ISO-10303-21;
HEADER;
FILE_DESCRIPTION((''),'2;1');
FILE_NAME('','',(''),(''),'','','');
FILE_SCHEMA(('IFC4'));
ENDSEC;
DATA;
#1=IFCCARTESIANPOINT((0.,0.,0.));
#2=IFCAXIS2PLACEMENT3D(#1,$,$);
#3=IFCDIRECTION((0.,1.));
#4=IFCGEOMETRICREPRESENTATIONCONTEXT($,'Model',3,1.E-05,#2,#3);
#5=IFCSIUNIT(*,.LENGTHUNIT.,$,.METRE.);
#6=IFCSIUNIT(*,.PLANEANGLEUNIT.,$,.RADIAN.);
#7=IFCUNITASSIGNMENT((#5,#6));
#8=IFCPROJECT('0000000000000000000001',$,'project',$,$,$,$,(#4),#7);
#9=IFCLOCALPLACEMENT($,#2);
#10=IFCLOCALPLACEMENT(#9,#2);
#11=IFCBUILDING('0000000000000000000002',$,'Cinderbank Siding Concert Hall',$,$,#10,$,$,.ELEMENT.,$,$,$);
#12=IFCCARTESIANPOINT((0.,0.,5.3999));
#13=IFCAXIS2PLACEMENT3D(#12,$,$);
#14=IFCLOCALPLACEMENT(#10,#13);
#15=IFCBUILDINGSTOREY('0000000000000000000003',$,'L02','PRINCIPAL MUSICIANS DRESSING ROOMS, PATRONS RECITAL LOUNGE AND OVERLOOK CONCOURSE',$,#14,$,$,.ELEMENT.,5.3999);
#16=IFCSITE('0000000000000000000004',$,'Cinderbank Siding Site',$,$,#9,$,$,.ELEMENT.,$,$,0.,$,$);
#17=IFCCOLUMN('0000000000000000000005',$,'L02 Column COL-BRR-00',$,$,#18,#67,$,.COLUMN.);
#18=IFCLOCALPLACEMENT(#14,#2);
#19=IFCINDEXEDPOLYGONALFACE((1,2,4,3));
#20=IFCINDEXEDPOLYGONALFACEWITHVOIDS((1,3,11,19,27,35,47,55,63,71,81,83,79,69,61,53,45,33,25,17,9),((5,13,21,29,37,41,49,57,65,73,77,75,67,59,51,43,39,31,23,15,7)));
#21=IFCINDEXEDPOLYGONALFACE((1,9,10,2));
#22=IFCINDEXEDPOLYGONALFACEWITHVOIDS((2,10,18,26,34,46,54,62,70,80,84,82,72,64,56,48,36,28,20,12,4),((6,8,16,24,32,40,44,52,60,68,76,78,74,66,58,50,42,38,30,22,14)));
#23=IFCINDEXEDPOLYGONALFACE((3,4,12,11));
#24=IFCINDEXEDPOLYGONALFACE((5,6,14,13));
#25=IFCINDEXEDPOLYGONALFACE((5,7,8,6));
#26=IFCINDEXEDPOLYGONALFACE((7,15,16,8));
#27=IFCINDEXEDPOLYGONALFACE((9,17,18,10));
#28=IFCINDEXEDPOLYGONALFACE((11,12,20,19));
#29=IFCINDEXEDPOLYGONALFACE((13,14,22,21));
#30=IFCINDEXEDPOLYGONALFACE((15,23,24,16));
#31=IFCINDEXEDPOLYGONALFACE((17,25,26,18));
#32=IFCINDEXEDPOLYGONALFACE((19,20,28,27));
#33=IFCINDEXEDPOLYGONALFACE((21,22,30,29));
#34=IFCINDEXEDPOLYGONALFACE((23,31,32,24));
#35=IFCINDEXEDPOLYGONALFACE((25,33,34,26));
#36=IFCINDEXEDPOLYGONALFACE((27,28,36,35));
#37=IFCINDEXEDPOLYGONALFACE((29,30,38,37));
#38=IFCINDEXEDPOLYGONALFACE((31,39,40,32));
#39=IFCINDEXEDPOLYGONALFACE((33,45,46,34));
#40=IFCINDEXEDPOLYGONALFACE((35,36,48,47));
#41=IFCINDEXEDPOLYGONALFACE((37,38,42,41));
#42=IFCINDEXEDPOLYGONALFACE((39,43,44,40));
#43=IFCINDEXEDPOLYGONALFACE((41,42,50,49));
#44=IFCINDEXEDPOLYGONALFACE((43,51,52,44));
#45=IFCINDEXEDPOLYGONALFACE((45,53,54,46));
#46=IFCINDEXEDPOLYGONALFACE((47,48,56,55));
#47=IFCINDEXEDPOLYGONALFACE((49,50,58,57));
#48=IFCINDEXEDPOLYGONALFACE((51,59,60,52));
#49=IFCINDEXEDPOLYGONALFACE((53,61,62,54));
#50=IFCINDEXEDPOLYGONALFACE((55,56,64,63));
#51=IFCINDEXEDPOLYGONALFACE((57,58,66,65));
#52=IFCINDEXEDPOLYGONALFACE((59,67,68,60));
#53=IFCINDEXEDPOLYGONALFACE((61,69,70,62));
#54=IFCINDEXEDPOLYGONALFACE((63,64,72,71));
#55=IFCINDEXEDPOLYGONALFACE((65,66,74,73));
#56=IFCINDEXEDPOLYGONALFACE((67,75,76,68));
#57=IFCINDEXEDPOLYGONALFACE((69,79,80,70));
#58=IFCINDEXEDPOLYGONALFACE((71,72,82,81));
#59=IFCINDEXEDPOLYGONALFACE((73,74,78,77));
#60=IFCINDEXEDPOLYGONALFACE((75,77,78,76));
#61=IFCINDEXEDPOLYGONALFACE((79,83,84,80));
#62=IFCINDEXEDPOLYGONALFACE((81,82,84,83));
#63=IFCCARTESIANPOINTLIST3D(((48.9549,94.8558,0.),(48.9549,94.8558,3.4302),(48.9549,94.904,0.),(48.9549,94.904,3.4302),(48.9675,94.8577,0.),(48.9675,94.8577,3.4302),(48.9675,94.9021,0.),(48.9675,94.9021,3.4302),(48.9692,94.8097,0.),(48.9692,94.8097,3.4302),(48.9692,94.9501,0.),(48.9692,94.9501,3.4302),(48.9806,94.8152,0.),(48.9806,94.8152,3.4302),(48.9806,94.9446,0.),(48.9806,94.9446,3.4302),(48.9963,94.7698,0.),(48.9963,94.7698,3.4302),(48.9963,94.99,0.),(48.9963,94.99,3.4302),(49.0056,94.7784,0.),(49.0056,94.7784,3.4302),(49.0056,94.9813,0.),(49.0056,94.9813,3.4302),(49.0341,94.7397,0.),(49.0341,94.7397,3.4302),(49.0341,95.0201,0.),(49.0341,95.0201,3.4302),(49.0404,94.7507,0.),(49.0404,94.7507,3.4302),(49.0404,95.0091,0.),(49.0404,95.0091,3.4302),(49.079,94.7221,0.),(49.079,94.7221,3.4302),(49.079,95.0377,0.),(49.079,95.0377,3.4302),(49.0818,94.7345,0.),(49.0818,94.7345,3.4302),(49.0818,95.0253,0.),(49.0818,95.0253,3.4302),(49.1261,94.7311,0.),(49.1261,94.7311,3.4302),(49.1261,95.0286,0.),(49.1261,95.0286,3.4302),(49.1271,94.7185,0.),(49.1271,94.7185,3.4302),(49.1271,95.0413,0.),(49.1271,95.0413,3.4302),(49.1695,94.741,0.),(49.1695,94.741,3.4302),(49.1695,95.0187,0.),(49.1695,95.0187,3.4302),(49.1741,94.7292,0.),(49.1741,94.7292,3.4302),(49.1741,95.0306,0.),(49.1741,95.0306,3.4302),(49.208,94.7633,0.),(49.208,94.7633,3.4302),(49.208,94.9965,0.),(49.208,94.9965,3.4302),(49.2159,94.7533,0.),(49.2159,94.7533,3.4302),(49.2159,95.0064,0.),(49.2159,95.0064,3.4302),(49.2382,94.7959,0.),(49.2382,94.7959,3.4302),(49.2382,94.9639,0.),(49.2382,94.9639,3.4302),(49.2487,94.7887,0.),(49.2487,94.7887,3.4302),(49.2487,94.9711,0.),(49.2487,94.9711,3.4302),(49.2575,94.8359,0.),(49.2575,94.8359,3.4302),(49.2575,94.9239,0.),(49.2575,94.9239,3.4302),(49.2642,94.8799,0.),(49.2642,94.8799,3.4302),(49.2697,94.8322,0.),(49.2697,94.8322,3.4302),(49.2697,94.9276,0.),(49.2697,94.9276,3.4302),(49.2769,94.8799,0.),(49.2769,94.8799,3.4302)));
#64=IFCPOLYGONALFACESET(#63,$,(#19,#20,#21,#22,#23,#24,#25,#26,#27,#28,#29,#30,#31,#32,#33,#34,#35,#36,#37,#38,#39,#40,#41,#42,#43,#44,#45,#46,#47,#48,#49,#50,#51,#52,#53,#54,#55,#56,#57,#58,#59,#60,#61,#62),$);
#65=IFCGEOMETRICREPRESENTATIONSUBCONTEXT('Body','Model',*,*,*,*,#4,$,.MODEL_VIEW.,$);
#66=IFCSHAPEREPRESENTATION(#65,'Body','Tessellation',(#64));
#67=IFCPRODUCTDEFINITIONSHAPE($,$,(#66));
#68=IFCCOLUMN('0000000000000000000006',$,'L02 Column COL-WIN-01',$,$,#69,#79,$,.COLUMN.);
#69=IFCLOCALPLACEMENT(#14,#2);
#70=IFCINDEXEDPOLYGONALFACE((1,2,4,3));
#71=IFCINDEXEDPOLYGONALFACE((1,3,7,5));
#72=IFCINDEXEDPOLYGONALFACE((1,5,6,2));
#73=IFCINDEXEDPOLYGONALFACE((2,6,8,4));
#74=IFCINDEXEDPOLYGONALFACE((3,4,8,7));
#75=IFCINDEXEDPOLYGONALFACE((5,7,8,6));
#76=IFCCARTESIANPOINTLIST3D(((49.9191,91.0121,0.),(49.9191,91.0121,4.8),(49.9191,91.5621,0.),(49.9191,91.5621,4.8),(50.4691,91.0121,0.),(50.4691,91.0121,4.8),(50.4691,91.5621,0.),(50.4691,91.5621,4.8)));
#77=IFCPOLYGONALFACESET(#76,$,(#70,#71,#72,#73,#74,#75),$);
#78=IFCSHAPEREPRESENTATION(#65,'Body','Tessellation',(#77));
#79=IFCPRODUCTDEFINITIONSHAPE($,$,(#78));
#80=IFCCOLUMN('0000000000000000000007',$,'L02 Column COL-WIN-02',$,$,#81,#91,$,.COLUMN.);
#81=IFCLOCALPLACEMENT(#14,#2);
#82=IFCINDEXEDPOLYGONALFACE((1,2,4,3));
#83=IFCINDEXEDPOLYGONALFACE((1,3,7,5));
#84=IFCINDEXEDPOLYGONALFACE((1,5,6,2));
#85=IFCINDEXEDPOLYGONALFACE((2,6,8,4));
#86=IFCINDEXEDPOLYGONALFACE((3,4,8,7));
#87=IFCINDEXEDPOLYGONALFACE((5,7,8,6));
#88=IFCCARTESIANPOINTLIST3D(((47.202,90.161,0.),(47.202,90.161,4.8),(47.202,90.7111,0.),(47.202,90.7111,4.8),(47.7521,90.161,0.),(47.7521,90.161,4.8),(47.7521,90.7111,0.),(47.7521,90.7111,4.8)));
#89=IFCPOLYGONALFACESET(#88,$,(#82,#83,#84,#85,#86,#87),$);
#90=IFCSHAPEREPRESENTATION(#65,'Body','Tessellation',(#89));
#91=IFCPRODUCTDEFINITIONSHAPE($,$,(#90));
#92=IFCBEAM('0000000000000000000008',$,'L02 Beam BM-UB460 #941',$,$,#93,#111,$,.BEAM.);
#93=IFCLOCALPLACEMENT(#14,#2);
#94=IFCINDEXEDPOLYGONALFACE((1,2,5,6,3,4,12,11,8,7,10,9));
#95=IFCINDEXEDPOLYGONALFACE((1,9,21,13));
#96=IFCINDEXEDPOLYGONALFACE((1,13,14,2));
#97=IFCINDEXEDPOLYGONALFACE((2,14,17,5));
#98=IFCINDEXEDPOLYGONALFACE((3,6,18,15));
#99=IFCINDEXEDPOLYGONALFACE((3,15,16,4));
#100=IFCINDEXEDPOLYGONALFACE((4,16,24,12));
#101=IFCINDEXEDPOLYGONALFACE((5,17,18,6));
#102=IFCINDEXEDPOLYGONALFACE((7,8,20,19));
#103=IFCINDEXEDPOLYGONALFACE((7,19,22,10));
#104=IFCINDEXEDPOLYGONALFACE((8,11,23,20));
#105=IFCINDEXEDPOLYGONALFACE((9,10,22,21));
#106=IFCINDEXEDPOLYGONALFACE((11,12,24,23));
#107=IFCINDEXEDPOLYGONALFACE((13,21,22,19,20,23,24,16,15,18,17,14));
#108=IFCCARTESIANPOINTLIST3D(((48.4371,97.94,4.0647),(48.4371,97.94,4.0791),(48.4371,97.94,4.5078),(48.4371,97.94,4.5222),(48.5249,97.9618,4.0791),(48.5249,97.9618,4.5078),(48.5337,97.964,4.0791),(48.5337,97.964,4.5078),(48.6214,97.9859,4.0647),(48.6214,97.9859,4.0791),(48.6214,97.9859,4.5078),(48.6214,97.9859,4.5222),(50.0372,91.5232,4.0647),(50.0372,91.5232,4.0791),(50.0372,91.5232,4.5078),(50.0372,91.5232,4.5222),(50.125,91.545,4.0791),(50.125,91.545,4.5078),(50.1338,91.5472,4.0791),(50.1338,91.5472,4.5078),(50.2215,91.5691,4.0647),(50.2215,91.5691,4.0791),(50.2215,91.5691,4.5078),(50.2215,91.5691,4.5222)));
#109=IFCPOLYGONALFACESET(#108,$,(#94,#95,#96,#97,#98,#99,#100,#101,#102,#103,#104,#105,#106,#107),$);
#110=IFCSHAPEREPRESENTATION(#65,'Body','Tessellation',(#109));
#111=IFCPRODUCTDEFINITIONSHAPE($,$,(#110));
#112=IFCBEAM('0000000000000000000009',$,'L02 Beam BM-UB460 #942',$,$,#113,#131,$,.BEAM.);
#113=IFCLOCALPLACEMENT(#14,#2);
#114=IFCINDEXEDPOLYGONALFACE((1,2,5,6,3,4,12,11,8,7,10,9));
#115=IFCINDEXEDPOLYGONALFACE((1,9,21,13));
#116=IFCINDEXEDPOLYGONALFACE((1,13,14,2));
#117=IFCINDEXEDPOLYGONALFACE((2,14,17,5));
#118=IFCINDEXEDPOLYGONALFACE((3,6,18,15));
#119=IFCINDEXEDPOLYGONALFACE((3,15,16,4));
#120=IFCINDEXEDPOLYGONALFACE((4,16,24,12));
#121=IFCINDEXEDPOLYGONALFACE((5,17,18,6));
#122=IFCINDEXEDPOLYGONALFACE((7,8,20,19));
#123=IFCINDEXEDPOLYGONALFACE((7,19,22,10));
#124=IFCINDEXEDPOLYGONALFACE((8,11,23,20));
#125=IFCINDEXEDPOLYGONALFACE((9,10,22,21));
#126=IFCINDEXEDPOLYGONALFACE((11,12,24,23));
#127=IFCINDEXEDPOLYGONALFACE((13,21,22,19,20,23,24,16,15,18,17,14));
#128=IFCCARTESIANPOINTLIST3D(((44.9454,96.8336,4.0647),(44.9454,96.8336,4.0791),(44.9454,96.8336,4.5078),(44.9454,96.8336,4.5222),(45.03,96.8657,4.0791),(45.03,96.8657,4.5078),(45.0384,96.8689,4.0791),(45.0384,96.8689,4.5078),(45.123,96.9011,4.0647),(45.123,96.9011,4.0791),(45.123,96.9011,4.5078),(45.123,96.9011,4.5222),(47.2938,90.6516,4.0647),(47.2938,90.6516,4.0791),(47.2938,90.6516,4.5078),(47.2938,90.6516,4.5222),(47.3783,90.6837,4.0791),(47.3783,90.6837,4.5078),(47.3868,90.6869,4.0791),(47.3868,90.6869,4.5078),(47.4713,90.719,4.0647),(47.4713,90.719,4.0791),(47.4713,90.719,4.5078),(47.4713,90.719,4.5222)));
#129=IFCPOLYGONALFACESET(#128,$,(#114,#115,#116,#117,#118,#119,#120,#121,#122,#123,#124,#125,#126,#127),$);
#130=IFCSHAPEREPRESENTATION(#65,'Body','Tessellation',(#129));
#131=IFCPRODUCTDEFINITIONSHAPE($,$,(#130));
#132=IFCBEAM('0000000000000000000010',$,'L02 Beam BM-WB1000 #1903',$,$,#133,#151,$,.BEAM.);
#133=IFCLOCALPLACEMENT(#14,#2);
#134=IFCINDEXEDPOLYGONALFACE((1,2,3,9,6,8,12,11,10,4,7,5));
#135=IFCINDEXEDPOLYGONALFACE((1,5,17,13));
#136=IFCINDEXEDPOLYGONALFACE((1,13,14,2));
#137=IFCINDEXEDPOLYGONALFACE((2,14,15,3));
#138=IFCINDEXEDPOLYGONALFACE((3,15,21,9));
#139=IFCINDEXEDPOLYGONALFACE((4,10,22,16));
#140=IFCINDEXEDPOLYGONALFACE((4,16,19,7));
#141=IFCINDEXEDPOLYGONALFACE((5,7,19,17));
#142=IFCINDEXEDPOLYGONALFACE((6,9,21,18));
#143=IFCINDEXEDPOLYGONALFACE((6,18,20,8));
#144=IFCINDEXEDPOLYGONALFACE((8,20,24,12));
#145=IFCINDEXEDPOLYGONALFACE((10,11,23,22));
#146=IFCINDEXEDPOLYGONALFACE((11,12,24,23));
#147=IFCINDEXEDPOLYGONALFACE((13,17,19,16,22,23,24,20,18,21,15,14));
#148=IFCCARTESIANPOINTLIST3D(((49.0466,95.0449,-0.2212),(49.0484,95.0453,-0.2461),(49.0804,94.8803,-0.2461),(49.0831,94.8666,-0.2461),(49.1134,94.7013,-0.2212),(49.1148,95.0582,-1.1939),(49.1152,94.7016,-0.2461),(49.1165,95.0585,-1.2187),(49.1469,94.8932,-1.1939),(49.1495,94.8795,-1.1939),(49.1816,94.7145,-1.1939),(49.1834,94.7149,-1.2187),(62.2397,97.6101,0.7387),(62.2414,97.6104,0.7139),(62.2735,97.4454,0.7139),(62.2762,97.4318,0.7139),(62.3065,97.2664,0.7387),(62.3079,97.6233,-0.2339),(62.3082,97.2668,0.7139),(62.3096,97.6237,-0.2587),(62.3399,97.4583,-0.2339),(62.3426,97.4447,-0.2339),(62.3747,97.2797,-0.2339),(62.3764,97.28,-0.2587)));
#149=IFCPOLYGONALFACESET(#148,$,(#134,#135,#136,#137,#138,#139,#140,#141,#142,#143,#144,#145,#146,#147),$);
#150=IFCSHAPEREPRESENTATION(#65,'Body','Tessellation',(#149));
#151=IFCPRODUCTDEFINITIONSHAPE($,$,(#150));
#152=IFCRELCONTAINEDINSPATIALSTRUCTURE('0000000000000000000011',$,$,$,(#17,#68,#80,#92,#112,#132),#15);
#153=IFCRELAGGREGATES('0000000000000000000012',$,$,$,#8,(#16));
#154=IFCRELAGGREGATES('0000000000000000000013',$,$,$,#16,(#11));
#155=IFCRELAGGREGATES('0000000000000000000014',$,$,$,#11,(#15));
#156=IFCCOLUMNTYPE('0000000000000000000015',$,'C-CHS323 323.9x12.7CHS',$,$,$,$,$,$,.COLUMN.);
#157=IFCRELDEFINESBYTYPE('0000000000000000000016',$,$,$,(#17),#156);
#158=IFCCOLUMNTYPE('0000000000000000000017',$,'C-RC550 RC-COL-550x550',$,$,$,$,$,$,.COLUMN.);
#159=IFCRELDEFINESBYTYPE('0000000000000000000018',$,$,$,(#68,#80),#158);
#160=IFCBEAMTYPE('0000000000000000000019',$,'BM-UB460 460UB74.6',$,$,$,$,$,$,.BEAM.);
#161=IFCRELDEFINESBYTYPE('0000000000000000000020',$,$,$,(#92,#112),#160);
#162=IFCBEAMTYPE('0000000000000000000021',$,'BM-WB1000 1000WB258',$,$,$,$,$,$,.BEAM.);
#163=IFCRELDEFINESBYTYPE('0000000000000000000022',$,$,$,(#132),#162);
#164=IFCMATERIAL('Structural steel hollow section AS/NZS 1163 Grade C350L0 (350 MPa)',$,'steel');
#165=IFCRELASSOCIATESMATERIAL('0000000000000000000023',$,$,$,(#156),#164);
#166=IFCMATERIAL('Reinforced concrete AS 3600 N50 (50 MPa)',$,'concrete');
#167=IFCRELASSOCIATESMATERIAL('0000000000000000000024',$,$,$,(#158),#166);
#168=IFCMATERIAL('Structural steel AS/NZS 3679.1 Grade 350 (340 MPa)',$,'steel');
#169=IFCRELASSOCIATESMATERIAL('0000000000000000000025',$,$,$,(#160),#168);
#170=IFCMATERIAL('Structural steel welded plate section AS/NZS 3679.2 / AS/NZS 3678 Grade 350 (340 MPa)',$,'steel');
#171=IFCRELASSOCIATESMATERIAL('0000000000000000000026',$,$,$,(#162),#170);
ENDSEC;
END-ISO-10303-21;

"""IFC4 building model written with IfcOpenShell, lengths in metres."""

from ifc_helpers import new_model, si_unit, direction, frame, origin, origin_2d, place, context, subcontext, project, spatial, rectangle, hollow_circle, i_section, extrude, material, material_profile, profile_set, type_object, element, save


model = new_model("IFC4")

# Units and contexts
model_context = context("Model", 3, precision=1e-05, world=origin(), true_north=direction((0.0, 1.0)))
body_context = subcontext(model_context, "Body", "Model", "MODEL_VIEW")
ifc_project = project(units=[si_unit("LENGTHUNIT", "METRE"), si_unit("PLANEANGLEUNIT", "RADIAN")], contexts=[model_context])

# Site, building, storey
site_placement = place(None, origin())
site = spatial("IfcSite", under=ifc_project, at=site_placement, Name="Cinderbank Siding Site", CompositionType="ELEMENT", RefElevation=0.0)
building_placement = place(site_placement, origin())
building = spatial("IfcBuilding", under=site, at=building_placement, Name="Cinderbank Siding Concert Hall", CompositionType="ELEMENT")
storey_placement = place(building_placement, frame((0.0, 0.0, 5.3999)))
storey = spatial("IfcBuildingStorey", under=building, at=storey_placement, Name="L02", Description="PRINCIPAL MUSICIANS DRESSING ROOMS, PATRONS RECITAL LOUNGE AND OVERLOOK CONCOURSE", CompositionType="ELEMENT", Elevation=5.3999)

# Columns
ifc_material_1 = material(Name="Structural steel hollow section AS/NZS 1163 Grade C350L0 (350 MPa)", Category="steel")
ifc_material_profile_1 = material_profile(ifc_material_1, hollow_circle(Radius=0.1619, WallThickness=0.0127, at=origin_2d()), Name="323.9x12.7CHS", Category="LoadBearing")
ifc_profile_set_1 = profile_set([ifc_material_profile_1], Name="Structural steel hollow section AS/NZS 1163 Grade C350L0 (350 MPa)")
column_type_1 = type_object("IfcColumnType", Name="C-CHS323 323.9x12.7CHS", PredefinedType="COLUMN", material=ifc_profile_set_1)
column_placement = place(storey_placement, frame((49.115, 94.8799, 0.0), z_axis=(0.0, 0.0, 1.0), x_axis=(1.0, 0.0, 0.0)))
element("IfcColumn", 1, at=column_placement, inside=storey, type_object=column_type_1, Name="L02 Column COL-BRR-00", PredefinedType="COLUMN", context=body_context, shape_type="SweptSolid", body=[
    extrude(hollow_circle(Radius=0.1619, WallThickness=0.0127, at=origin_2d()), origin(), (0.0, 0.0, 1.0), 3.4302),
])
ifc_material_2 = material(Name="Reinforced concrete AS 3600 N50 (50 MPa)", Category="concrete")
ifc_material_profile_2 = material_profile(ifc_material_2, rectangle(XDim=0.55, YDim=0.55, at=origin_2d()), Name="RC-COL-550x550", Category="LoadBearing")
ifc_profile_set_2 = profile_set([ifc_material_profile_2], Name="Reinforced concrete AS 3600 N50 (50 MPa)")
column_type_2 = type_object("IfcColumnType", Name="C-RC550 RC-COL-550x550", PredefinedType="COLUMN", material=ifc_profile_set_2)
for number, where, z_axis, x_axis, name in (
    (2, (50.1941, 91.2871, 0.0), (0.0, 0.0, 1.0), (1.0, 0.0, 0.0), "L02 Column COL-WIN-01"),
    (3, (47.4771, 90.436, 0.0), (0.0, 0.0, 1.0), (1.0, 0.0, 0.0), "L02 Column COL-WIN-02"),
):
    element("IfcColumn", number, at=place(storey_placement, frame(where, z_axis=z_axis, x_axis=x_axis)), inside=storey, type_object=column_type_2, Name=name, PredefinedType="COLUMN", context=body_context, shape_type="SweptSolid", body=[
        extrude(rectangle(XDim=0.55, YDim=0.55, at=origin_2d()), origin(), (0.0, 0.0, 1.0), 4.8),
    ])

# Beams
ifc_material_3 = material(Name="Structural steel AS/NZS 3679.1 Grade 350 (340 MPa)", Category="steel")
ifc_material_profile_3 = material_profile(ifc_material_3, i_section(OverallWidth=0.1899, OverallDepth=0.4575, WebThickness=0.009, FlangeThickness=0.0144, at=origin_2d()), Name="460UB74.6", Category="LoadBearing")
ifc_profile_set_3 = profile_set([ifc_material_profile_3], Name="Structural steel AS/NZS 3679.1 Grade 350 (340 MPa)")
beam_type_1 = type_object("IfcBeamType", Name="BM-UB460 460UB74.6", PredefinedType="BEAM", material=ifc_profile_set_3)
beam_1_placement = place(storey_placement, frame((50.1294, 91.5461, 4.2935), z_axis=(-0.241954, 0.970288, 0.0), x_axis=(-0.970288, -0.241954, 0.0)))
element("IfcBeam", 4, at=beam_1_placement, inside=storey, type_object=beam_type_1, Name="L02 Beam BM-UB460 #941", PredefinedType="BEAM", context=body_context, shape_type="SweptSolid", body=[
    extrude(i_section(OverallWidth=0.1899, OverallDepth=0.4575, WebThickness=0.009, FlangeThickness=0.0144, at=origin_2d()), origin(), (0.0, 0.0, 1.0), 6.6133),
])
beam_2_placement = place(storey_placement, frame((47.3826, 90.6853, 4.2935), z_axis=(-0.355109, 0.934825, 0.0), x_axis=(-0.934825, -0.355109, 0.0)))
element("IfcBeam", 5, at=beam_2_placement, inside=storey, type_object=beam_type_1, Name="L02 Beam BM-UB460 #942", PredefinedType="BEAM", context=body_context, shape_type="SweptSolid", body=[
    extrude(i_section(OverallWidth=0.1899, OverallDepth=0.4575, WebThickness=0.009, FlangeThickness=0.0144, at=origin_2d()), origin(), (0.0, 0.0, 1.0), 6.613),
])
ifc_material_4 = material(Name="Structural steel welded plate section AS/NZS 3679.2 / AS/NZS 3678 Grade 350 (340 MPa)", Category="steel")
ifc_material_profile_4 = material_profile(ifc_material_4, i_section(OverallWidth=0.3501, OverallDepth=1.0, WebThickness=0.0139, FlangeThickness=0.0249, at=origin_2d()), Name="1000WB258", Category="LoadBearing")
ifc_profile_set_4 = profile_set([ifc_material_profile_4], Name="Structural steel welded plate section AS/NZS 3679.2 / AS/NZS 3678 Grade 350 (340 MPa)")
beam_type_2 = type_object("IfcBeamType", Name="BM-WB1000 1000WB258", PredefinedType="BEAM", material=ifc_profile_set_4)
beam_3_placement = place(storey_placement, frame((49.115, 94.8799, -0.72), z_axis=(0.979123, 0.190374, 0.071243), x_axis=(-0.190859, 0.981617, 0.0)))
element("IfcBeam", 6, at=beam_3_placement, inside=storey, type_object=beam_type_2, Name="L02 Beam BM-WB1000 #1903", PredefinedType="BEAM", context=body_context, shape_type="SweptSolid", body=[
    extrude(i_section(OverallWidth=0.3501, OverallDepth=1.0, WebThickness=0.0139, FlangeThickness=0.0249, at=origin_2d()), origin(), (0.0, 0.0, 1.0), 13.4744),
])

save(model, "model.ifc")
